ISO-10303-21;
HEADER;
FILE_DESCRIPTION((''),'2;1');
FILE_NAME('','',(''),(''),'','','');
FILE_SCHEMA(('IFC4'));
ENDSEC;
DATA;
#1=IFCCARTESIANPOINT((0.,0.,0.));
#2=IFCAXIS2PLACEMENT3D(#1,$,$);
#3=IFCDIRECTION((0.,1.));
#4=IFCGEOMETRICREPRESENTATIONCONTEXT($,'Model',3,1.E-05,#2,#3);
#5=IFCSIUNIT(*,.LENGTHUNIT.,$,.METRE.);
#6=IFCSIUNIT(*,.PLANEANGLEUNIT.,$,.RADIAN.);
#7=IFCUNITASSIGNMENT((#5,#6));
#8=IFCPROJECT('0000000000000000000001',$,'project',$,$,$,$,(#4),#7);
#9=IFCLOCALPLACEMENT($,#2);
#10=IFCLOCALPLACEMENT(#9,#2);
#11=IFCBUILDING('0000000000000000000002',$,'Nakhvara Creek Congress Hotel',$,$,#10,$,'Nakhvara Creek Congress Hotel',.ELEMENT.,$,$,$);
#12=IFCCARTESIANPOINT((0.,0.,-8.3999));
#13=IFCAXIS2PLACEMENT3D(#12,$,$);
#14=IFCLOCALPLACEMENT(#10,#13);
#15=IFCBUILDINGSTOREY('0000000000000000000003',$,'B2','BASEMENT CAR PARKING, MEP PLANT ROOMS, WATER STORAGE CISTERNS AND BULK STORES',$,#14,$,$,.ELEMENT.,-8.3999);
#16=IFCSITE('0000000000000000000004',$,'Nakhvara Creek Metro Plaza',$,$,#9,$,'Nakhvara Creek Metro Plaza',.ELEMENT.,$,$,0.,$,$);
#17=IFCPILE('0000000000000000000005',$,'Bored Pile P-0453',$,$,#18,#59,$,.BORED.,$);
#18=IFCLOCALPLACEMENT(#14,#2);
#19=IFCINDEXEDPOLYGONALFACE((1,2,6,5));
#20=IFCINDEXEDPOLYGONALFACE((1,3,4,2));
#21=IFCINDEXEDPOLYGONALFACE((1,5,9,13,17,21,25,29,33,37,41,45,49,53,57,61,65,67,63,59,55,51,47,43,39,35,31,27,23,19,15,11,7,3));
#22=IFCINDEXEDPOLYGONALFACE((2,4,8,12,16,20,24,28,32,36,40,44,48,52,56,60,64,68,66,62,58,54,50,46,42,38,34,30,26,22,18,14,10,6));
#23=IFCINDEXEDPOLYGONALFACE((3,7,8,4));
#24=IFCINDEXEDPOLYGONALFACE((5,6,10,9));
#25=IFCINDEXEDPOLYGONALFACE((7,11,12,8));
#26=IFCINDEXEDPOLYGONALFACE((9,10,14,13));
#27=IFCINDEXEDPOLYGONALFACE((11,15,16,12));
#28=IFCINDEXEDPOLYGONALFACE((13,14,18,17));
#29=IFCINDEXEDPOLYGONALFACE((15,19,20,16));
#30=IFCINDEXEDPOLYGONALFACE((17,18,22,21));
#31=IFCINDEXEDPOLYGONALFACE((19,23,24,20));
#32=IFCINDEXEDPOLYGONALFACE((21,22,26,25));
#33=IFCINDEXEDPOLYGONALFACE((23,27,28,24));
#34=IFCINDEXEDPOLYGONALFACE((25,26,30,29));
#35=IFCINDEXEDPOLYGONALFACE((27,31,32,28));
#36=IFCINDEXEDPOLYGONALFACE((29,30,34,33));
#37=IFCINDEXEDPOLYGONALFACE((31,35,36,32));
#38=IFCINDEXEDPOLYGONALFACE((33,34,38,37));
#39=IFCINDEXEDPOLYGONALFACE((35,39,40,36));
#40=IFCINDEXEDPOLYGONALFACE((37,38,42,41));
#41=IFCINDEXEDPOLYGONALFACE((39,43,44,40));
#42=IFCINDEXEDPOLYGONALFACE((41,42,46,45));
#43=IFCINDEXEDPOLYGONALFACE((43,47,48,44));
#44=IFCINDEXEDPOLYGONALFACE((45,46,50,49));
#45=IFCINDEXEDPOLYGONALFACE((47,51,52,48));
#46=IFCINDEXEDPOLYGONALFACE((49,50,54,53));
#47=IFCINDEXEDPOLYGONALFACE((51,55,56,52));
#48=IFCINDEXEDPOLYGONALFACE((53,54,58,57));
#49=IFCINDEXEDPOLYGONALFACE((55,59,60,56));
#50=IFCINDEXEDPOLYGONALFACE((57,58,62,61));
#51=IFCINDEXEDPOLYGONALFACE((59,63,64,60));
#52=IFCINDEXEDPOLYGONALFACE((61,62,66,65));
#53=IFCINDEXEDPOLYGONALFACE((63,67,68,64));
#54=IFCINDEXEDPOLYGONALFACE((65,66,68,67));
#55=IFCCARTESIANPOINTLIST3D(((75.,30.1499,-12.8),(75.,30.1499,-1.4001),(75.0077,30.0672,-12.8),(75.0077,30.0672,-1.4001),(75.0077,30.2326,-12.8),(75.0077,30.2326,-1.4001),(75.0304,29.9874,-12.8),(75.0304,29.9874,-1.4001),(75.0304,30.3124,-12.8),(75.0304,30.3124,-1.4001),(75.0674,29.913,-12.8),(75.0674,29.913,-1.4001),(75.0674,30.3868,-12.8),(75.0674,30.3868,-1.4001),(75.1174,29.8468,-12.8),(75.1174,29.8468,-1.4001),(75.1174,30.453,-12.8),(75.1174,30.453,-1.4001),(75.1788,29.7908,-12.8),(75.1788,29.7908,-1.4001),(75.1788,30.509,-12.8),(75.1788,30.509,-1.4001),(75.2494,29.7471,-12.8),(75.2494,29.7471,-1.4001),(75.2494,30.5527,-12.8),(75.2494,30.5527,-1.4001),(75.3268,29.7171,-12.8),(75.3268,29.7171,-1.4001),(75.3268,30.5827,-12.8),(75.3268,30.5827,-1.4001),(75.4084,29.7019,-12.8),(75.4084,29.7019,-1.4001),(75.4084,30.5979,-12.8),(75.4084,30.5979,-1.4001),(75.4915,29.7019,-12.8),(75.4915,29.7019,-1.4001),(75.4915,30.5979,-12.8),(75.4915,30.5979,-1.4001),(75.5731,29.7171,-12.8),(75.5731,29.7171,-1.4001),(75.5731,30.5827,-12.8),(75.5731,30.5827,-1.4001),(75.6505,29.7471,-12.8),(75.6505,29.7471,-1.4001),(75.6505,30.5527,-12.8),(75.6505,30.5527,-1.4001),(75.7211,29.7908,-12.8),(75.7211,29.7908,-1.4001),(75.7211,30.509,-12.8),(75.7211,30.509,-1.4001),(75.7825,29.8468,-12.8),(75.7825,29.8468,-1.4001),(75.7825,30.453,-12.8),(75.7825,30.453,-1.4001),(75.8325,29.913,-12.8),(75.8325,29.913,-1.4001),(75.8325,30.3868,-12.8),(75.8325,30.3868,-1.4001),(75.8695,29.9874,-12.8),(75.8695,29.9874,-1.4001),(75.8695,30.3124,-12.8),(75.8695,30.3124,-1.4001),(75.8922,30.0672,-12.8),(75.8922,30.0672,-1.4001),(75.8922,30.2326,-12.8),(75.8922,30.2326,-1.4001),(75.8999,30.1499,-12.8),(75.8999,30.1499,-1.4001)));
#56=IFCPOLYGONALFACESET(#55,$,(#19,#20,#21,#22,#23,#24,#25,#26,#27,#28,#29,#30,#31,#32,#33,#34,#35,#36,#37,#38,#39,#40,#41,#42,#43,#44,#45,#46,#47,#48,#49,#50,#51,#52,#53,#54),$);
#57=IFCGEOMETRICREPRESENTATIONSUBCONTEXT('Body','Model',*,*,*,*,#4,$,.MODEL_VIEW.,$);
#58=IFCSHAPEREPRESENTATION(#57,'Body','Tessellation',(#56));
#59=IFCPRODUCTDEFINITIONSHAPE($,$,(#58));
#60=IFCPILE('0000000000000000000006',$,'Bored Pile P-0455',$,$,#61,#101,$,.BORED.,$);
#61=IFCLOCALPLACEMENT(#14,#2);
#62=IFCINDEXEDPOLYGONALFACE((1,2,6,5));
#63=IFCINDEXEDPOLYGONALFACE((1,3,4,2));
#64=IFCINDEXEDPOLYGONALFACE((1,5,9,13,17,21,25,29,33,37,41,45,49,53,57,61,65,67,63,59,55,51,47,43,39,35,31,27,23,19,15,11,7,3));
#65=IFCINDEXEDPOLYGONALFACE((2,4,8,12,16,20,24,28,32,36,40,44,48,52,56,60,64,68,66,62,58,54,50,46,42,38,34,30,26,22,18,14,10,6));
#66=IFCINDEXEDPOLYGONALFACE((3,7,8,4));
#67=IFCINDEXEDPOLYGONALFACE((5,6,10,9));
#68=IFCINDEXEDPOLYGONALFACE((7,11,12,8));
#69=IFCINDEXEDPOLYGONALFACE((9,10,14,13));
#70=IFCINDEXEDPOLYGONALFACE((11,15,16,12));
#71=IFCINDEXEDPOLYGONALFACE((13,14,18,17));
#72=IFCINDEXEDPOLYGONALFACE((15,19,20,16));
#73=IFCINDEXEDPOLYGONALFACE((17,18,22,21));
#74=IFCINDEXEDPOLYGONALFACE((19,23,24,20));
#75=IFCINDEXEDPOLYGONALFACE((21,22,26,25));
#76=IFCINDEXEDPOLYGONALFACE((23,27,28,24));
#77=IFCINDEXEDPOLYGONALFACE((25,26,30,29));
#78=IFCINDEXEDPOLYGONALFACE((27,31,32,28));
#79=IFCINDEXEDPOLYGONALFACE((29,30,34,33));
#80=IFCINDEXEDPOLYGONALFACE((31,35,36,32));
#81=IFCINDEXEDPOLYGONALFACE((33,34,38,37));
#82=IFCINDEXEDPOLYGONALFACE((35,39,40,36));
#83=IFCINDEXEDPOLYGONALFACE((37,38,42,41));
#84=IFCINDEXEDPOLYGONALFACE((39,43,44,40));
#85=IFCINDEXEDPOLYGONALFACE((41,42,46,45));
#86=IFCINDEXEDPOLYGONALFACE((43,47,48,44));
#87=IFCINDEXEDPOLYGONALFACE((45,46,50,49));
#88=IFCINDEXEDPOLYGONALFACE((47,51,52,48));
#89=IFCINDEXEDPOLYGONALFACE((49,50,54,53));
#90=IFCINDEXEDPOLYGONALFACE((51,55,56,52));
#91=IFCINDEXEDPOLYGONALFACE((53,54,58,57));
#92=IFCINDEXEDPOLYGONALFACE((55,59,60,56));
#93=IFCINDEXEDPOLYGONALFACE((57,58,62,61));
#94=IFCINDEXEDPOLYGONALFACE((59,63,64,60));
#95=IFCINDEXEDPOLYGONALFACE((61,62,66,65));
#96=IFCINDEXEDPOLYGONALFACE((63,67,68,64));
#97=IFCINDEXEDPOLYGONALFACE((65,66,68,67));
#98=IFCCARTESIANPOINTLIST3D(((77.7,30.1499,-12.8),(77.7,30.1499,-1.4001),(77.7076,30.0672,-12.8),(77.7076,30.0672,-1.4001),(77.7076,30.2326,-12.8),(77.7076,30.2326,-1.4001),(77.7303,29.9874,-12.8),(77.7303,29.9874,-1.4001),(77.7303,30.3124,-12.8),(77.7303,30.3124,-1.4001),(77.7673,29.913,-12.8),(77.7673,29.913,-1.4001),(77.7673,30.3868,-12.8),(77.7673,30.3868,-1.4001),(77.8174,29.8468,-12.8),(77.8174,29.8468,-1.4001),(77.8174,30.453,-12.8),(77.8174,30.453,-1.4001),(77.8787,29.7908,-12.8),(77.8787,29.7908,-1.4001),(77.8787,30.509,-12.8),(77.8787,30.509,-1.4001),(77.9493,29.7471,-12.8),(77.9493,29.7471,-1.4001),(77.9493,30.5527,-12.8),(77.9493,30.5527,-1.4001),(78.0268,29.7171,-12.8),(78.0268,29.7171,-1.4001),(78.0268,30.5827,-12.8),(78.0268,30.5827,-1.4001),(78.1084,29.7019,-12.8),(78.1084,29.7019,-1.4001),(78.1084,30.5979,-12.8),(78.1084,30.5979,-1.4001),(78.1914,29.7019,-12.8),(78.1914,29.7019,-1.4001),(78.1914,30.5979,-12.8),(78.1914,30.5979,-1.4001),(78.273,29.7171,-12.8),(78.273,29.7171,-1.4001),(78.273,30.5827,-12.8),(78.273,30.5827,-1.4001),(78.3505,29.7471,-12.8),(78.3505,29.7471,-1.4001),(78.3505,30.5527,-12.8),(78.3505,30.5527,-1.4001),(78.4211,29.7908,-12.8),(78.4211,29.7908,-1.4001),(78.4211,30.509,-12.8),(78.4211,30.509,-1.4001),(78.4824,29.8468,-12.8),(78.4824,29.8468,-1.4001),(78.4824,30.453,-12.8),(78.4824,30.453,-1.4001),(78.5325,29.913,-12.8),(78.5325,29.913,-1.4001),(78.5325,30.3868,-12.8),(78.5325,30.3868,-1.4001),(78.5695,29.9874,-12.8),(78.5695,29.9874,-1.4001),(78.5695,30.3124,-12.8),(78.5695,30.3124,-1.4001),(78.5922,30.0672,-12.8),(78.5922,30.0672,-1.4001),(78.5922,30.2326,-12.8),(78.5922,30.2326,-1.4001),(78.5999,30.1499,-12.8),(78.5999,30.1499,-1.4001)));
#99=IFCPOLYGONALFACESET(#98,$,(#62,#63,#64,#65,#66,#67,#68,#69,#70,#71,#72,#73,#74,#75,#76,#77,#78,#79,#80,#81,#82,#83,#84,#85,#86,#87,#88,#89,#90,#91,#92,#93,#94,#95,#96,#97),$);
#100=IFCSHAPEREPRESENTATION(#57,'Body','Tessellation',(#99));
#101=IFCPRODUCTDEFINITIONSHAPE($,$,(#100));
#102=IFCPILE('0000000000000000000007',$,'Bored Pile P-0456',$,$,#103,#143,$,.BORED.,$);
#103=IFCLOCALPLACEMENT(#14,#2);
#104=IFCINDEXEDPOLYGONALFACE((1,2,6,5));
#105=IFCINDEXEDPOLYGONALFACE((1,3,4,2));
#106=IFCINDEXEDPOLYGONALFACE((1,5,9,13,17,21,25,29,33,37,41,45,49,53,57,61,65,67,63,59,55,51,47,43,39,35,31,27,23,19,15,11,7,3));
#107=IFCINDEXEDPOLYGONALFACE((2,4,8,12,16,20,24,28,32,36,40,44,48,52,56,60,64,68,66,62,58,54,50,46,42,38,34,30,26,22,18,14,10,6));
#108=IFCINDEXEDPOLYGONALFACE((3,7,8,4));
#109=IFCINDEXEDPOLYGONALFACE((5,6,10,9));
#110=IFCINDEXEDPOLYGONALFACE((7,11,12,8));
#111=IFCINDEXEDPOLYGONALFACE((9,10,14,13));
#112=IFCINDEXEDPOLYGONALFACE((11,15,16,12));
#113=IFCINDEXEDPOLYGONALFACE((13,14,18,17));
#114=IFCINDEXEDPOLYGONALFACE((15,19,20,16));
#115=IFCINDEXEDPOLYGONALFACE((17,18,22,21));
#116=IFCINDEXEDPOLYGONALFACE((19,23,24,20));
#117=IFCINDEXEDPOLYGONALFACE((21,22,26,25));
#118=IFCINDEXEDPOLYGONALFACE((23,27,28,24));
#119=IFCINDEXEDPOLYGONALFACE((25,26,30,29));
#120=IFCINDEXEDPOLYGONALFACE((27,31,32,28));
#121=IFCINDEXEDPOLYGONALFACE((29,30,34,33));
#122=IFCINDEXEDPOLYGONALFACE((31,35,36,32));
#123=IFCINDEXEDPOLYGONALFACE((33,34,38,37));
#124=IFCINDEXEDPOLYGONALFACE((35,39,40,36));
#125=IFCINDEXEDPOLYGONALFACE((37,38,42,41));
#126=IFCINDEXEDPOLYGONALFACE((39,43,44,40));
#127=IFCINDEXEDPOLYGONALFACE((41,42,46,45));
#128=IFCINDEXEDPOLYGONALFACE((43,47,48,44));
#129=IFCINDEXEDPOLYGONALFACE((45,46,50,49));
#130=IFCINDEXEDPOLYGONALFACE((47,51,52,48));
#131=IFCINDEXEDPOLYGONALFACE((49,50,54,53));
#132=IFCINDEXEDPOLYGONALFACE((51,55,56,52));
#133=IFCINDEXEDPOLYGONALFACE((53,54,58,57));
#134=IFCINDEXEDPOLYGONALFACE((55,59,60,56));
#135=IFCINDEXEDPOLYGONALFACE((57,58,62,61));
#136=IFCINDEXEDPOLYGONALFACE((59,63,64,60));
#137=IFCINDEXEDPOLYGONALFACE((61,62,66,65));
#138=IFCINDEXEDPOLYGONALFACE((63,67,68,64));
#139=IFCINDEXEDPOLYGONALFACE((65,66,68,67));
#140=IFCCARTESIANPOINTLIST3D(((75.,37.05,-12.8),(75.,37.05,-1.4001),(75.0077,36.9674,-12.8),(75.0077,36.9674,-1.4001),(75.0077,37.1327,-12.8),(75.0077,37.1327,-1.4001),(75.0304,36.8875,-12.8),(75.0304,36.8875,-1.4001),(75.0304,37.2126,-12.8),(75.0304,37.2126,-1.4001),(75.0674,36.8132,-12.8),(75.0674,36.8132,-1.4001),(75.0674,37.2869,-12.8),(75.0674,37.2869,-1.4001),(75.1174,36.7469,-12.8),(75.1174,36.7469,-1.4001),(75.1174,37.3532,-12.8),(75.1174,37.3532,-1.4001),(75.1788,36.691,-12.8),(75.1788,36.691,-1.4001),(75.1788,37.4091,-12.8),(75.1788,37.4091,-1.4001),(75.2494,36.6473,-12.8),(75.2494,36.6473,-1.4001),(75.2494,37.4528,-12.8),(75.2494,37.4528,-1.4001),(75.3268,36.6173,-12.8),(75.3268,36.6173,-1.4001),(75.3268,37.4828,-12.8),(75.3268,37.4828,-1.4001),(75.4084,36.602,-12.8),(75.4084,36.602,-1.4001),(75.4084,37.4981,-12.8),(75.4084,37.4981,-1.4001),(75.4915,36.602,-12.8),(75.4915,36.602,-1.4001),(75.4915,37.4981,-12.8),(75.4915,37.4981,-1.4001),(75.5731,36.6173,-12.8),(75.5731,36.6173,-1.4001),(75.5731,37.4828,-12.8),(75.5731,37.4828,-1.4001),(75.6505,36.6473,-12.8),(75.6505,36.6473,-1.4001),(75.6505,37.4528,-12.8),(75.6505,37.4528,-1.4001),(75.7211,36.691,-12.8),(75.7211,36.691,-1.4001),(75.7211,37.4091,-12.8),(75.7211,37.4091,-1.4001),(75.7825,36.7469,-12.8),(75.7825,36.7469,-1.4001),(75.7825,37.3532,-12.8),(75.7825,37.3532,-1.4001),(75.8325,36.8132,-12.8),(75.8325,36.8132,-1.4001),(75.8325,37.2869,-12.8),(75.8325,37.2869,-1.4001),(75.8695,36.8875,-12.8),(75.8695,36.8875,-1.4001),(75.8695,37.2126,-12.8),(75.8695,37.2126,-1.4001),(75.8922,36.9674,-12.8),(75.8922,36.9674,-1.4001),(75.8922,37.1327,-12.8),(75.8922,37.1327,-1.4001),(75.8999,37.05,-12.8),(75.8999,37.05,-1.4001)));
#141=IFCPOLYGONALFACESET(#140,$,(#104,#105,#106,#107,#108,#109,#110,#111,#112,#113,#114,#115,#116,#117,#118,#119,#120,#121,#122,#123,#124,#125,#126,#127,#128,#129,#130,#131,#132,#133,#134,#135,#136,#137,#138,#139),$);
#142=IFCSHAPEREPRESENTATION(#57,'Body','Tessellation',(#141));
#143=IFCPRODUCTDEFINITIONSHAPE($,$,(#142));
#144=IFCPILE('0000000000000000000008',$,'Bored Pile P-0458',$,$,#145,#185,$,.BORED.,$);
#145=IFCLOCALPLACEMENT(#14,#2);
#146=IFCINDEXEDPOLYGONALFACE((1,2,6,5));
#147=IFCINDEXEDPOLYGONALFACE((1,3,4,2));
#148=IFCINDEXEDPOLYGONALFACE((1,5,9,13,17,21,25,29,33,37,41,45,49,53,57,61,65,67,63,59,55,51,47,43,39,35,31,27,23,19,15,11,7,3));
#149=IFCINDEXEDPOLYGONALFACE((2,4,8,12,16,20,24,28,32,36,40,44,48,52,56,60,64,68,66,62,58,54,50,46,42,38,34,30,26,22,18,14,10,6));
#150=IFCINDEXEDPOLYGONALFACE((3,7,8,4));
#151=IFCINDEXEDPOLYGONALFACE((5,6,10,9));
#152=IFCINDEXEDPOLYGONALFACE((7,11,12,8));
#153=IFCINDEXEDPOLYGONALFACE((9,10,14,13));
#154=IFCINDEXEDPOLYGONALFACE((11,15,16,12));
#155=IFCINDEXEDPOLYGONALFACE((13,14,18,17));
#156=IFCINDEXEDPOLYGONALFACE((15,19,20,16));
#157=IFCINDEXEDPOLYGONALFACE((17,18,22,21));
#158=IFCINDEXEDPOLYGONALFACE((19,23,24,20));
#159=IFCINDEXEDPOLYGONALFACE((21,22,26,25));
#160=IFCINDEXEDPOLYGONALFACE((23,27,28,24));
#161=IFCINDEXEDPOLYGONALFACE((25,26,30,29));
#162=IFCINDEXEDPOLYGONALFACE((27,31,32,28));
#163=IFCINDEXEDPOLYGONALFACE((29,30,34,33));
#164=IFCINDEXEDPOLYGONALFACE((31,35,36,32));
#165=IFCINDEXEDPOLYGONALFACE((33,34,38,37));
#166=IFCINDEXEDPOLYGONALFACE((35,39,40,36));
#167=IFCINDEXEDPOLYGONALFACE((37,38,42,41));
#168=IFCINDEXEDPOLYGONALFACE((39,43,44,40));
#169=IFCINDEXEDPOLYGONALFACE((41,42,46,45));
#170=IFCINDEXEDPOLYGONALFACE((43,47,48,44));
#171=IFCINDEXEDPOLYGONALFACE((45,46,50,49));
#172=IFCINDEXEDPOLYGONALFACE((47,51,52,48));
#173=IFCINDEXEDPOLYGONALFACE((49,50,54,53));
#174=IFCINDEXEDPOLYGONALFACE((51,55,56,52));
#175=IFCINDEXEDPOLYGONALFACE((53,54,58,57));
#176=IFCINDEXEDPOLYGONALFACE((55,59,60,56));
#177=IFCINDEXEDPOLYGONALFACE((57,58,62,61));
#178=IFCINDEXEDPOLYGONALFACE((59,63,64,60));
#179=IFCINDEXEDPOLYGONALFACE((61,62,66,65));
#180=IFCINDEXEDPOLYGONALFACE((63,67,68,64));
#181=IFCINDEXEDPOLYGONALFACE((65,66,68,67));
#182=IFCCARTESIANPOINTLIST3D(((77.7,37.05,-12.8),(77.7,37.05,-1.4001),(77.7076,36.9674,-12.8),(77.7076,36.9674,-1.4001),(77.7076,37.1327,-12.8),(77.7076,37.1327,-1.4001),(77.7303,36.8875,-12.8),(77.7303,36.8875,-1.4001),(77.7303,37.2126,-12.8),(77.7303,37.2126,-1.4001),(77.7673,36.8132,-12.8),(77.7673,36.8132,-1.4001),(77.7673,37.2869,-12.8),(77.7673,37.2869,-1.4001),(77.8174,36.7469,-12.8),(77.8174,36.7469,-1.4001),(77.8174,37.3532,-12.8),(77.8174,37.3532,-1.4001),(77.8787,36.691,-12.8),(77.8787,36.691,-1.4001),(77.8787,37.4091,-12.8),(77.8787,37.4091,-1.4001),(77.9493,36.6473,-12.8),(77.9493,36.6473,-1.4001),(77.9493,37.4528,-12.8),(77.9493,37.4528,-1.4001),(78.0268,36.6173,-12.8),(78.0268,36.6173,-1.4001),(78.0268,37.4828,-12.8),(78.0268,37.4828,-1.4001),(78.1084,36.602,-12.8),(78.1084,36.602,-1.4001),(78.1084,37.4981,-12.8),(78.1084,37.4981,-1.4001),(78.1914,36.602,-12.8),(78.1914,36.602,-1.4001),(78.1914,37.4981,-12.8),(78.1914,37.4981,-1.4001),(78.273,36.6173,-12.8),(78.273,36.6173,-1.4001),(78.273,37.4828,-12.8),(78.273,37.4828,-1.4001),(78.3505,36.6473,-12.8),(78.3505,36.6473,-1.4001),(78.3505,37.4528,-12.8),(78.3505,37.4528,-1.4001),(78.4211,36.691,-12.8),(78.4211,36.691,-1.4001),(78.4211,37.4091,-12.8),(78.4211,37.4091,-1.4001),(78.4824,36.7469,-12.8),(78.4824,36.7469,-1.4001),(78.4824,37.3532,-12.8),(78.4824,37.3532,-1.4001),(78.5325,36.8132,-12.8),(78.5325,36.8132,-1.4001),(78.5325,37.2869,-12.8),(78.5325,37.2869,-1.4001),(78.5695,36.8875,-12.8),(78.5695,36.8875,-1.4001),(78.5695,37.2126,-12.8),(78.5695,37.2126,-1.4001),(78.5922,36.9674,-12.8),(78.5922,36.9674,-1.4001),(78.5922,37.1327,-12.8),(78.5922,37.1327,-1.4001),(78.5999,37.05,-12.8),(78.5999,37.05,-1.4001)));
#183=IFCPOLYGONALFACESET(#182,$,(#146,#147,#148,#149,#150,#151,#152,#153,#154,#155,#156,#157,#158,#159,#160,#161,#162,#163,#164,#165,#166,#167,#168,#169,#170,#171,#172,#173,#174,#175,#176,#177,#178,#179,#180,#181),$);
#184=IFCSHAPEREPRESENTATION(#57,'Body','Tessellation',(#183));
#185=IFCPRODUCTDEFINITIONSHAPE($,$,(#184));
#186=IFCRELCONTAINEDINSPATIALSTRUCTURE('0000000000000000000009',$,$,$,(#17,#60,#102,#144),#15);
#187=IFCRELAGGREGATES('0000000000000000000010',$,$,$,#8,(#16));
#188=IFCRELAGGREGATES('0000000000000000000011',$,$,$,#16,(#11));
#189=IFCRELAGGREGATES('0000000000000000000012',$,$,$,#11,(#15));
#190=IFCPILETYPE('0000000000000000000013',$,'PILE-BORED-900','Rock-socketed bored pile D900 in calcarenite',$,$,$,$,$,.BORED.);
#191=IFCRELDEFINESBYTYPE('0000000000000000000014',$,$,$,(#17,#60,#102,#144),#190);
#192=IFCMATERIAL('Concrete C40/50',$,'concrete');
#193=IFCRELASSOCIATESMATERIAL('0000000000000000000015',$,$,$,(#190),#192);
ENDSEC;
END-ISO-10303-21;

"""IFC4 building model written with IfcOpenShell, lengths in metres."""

from ifc_helpers import new_model, si_unit, direction, frame, origin, origin_2d, place, context, subcontext, project, spatial, circle, extrude, material, material_profile, profile_set, type_object, element, save


model = new_model("IFC4")

# Units and contexts
model_context = context("Model", 3, precision=1e-05, world=origin(), true_north=direction((0.0, 1.0)))
body_context = subcontext(model_context, "Body", "Model", "MODEL_VIEW")
ifc_project = project(units=[si_unit("LENGTHUNIT", "METRE"), si_unit("PLANEANGLEUNIT", "RADIAN")], contexts=[model_context])

# Site, building, storey
site_placement = place(None, origin())
site = spatial("IfcSite", under=ifc_project, at=site_placement, Name="Nakhvara Creek Metro Plaza", LongName="Nakhvara Creek Metro Plaza", CompositionType="ELEMENT", RefElevation=0.0)
building_placement = place(site_placement, origin())
building = spatial("IfcBuilding", under=site, at=building_placement, Name="Nakhvara Creek Congress Hotel", LongName="Nakhvara Creek Congress Hotel", CompositionType="ELEMENT")
storey_placement = place(building_placement, frame((0.0, 0.0, -8.3999)))
storey = spatial("IfcBuildingStorey", under=building, at=storey_placement, Name="B2", Description="BASEMENT CAR PARKING, MEP PLANT ROOMS, WATER STORAGE CISTERNS AND BULK STORES", CompositionType="ELEMENT", Elevation=-8.3999)

# Shared definitions
ifc_material_1 = material(Name="Concrete C40/50", Category="concrete")

# Piles
ifc_material_profile_1 = material_profile(ifc_material_1, circle(Radius=0.45, at=origin_2d()), Name="BORED PILE D900", Category="LoadBearing")
ifc_profile_set_1 = profile_set([ifc_material_profile_1], Name="Concrete C40/50")
pile_type = type_object("IfcPileType", Name="PILE-BORED-900", Description="Rock-socketed bored pile D900 in calcarenite", PredefinedType="BORED", material=ifc_profile_set_1)
for number, where, z_axis, x_axis, name in (
    (1, (75.45, 30.1499, -1.4001), (0.0, 0.0, -1.0), (1.0, 0.0, 0.0), "Bored Pile P-0453"),
    (2, (78.1499, 30.1499, -1.4001), (0.0, 0.0, -1.0), (1.0, 0.0, 0.0), "Bored Pile P-0455"),
    (3, (75.45, 37.05, -1.4001), (0.0, 0.0, -1.0), (1.0, 0.0, 0.0), "Bored Pile P-0456"),
    (4, (78.1499, 37.05, -1.4001), (0.0, 0.0, -1.0), (1.0, 0.0, 0.0), "Bored Pile P-0458"),
):
    element("IfcPile", number, at=place(storey_placement, frame(where, z_axis=z_axis, x_axis=x_axis)), inside=storey, type_object=pile_type, Name=name, PredefinedType="BORED", context=body_context, shape_type="SweptSolid", body=[
        extrude(circle(Radius=0.45, at=origin_2d()), origin(), (0.0, 0.0, 1.0), 11.3999),
    ])

save(model, "model.ifc")
